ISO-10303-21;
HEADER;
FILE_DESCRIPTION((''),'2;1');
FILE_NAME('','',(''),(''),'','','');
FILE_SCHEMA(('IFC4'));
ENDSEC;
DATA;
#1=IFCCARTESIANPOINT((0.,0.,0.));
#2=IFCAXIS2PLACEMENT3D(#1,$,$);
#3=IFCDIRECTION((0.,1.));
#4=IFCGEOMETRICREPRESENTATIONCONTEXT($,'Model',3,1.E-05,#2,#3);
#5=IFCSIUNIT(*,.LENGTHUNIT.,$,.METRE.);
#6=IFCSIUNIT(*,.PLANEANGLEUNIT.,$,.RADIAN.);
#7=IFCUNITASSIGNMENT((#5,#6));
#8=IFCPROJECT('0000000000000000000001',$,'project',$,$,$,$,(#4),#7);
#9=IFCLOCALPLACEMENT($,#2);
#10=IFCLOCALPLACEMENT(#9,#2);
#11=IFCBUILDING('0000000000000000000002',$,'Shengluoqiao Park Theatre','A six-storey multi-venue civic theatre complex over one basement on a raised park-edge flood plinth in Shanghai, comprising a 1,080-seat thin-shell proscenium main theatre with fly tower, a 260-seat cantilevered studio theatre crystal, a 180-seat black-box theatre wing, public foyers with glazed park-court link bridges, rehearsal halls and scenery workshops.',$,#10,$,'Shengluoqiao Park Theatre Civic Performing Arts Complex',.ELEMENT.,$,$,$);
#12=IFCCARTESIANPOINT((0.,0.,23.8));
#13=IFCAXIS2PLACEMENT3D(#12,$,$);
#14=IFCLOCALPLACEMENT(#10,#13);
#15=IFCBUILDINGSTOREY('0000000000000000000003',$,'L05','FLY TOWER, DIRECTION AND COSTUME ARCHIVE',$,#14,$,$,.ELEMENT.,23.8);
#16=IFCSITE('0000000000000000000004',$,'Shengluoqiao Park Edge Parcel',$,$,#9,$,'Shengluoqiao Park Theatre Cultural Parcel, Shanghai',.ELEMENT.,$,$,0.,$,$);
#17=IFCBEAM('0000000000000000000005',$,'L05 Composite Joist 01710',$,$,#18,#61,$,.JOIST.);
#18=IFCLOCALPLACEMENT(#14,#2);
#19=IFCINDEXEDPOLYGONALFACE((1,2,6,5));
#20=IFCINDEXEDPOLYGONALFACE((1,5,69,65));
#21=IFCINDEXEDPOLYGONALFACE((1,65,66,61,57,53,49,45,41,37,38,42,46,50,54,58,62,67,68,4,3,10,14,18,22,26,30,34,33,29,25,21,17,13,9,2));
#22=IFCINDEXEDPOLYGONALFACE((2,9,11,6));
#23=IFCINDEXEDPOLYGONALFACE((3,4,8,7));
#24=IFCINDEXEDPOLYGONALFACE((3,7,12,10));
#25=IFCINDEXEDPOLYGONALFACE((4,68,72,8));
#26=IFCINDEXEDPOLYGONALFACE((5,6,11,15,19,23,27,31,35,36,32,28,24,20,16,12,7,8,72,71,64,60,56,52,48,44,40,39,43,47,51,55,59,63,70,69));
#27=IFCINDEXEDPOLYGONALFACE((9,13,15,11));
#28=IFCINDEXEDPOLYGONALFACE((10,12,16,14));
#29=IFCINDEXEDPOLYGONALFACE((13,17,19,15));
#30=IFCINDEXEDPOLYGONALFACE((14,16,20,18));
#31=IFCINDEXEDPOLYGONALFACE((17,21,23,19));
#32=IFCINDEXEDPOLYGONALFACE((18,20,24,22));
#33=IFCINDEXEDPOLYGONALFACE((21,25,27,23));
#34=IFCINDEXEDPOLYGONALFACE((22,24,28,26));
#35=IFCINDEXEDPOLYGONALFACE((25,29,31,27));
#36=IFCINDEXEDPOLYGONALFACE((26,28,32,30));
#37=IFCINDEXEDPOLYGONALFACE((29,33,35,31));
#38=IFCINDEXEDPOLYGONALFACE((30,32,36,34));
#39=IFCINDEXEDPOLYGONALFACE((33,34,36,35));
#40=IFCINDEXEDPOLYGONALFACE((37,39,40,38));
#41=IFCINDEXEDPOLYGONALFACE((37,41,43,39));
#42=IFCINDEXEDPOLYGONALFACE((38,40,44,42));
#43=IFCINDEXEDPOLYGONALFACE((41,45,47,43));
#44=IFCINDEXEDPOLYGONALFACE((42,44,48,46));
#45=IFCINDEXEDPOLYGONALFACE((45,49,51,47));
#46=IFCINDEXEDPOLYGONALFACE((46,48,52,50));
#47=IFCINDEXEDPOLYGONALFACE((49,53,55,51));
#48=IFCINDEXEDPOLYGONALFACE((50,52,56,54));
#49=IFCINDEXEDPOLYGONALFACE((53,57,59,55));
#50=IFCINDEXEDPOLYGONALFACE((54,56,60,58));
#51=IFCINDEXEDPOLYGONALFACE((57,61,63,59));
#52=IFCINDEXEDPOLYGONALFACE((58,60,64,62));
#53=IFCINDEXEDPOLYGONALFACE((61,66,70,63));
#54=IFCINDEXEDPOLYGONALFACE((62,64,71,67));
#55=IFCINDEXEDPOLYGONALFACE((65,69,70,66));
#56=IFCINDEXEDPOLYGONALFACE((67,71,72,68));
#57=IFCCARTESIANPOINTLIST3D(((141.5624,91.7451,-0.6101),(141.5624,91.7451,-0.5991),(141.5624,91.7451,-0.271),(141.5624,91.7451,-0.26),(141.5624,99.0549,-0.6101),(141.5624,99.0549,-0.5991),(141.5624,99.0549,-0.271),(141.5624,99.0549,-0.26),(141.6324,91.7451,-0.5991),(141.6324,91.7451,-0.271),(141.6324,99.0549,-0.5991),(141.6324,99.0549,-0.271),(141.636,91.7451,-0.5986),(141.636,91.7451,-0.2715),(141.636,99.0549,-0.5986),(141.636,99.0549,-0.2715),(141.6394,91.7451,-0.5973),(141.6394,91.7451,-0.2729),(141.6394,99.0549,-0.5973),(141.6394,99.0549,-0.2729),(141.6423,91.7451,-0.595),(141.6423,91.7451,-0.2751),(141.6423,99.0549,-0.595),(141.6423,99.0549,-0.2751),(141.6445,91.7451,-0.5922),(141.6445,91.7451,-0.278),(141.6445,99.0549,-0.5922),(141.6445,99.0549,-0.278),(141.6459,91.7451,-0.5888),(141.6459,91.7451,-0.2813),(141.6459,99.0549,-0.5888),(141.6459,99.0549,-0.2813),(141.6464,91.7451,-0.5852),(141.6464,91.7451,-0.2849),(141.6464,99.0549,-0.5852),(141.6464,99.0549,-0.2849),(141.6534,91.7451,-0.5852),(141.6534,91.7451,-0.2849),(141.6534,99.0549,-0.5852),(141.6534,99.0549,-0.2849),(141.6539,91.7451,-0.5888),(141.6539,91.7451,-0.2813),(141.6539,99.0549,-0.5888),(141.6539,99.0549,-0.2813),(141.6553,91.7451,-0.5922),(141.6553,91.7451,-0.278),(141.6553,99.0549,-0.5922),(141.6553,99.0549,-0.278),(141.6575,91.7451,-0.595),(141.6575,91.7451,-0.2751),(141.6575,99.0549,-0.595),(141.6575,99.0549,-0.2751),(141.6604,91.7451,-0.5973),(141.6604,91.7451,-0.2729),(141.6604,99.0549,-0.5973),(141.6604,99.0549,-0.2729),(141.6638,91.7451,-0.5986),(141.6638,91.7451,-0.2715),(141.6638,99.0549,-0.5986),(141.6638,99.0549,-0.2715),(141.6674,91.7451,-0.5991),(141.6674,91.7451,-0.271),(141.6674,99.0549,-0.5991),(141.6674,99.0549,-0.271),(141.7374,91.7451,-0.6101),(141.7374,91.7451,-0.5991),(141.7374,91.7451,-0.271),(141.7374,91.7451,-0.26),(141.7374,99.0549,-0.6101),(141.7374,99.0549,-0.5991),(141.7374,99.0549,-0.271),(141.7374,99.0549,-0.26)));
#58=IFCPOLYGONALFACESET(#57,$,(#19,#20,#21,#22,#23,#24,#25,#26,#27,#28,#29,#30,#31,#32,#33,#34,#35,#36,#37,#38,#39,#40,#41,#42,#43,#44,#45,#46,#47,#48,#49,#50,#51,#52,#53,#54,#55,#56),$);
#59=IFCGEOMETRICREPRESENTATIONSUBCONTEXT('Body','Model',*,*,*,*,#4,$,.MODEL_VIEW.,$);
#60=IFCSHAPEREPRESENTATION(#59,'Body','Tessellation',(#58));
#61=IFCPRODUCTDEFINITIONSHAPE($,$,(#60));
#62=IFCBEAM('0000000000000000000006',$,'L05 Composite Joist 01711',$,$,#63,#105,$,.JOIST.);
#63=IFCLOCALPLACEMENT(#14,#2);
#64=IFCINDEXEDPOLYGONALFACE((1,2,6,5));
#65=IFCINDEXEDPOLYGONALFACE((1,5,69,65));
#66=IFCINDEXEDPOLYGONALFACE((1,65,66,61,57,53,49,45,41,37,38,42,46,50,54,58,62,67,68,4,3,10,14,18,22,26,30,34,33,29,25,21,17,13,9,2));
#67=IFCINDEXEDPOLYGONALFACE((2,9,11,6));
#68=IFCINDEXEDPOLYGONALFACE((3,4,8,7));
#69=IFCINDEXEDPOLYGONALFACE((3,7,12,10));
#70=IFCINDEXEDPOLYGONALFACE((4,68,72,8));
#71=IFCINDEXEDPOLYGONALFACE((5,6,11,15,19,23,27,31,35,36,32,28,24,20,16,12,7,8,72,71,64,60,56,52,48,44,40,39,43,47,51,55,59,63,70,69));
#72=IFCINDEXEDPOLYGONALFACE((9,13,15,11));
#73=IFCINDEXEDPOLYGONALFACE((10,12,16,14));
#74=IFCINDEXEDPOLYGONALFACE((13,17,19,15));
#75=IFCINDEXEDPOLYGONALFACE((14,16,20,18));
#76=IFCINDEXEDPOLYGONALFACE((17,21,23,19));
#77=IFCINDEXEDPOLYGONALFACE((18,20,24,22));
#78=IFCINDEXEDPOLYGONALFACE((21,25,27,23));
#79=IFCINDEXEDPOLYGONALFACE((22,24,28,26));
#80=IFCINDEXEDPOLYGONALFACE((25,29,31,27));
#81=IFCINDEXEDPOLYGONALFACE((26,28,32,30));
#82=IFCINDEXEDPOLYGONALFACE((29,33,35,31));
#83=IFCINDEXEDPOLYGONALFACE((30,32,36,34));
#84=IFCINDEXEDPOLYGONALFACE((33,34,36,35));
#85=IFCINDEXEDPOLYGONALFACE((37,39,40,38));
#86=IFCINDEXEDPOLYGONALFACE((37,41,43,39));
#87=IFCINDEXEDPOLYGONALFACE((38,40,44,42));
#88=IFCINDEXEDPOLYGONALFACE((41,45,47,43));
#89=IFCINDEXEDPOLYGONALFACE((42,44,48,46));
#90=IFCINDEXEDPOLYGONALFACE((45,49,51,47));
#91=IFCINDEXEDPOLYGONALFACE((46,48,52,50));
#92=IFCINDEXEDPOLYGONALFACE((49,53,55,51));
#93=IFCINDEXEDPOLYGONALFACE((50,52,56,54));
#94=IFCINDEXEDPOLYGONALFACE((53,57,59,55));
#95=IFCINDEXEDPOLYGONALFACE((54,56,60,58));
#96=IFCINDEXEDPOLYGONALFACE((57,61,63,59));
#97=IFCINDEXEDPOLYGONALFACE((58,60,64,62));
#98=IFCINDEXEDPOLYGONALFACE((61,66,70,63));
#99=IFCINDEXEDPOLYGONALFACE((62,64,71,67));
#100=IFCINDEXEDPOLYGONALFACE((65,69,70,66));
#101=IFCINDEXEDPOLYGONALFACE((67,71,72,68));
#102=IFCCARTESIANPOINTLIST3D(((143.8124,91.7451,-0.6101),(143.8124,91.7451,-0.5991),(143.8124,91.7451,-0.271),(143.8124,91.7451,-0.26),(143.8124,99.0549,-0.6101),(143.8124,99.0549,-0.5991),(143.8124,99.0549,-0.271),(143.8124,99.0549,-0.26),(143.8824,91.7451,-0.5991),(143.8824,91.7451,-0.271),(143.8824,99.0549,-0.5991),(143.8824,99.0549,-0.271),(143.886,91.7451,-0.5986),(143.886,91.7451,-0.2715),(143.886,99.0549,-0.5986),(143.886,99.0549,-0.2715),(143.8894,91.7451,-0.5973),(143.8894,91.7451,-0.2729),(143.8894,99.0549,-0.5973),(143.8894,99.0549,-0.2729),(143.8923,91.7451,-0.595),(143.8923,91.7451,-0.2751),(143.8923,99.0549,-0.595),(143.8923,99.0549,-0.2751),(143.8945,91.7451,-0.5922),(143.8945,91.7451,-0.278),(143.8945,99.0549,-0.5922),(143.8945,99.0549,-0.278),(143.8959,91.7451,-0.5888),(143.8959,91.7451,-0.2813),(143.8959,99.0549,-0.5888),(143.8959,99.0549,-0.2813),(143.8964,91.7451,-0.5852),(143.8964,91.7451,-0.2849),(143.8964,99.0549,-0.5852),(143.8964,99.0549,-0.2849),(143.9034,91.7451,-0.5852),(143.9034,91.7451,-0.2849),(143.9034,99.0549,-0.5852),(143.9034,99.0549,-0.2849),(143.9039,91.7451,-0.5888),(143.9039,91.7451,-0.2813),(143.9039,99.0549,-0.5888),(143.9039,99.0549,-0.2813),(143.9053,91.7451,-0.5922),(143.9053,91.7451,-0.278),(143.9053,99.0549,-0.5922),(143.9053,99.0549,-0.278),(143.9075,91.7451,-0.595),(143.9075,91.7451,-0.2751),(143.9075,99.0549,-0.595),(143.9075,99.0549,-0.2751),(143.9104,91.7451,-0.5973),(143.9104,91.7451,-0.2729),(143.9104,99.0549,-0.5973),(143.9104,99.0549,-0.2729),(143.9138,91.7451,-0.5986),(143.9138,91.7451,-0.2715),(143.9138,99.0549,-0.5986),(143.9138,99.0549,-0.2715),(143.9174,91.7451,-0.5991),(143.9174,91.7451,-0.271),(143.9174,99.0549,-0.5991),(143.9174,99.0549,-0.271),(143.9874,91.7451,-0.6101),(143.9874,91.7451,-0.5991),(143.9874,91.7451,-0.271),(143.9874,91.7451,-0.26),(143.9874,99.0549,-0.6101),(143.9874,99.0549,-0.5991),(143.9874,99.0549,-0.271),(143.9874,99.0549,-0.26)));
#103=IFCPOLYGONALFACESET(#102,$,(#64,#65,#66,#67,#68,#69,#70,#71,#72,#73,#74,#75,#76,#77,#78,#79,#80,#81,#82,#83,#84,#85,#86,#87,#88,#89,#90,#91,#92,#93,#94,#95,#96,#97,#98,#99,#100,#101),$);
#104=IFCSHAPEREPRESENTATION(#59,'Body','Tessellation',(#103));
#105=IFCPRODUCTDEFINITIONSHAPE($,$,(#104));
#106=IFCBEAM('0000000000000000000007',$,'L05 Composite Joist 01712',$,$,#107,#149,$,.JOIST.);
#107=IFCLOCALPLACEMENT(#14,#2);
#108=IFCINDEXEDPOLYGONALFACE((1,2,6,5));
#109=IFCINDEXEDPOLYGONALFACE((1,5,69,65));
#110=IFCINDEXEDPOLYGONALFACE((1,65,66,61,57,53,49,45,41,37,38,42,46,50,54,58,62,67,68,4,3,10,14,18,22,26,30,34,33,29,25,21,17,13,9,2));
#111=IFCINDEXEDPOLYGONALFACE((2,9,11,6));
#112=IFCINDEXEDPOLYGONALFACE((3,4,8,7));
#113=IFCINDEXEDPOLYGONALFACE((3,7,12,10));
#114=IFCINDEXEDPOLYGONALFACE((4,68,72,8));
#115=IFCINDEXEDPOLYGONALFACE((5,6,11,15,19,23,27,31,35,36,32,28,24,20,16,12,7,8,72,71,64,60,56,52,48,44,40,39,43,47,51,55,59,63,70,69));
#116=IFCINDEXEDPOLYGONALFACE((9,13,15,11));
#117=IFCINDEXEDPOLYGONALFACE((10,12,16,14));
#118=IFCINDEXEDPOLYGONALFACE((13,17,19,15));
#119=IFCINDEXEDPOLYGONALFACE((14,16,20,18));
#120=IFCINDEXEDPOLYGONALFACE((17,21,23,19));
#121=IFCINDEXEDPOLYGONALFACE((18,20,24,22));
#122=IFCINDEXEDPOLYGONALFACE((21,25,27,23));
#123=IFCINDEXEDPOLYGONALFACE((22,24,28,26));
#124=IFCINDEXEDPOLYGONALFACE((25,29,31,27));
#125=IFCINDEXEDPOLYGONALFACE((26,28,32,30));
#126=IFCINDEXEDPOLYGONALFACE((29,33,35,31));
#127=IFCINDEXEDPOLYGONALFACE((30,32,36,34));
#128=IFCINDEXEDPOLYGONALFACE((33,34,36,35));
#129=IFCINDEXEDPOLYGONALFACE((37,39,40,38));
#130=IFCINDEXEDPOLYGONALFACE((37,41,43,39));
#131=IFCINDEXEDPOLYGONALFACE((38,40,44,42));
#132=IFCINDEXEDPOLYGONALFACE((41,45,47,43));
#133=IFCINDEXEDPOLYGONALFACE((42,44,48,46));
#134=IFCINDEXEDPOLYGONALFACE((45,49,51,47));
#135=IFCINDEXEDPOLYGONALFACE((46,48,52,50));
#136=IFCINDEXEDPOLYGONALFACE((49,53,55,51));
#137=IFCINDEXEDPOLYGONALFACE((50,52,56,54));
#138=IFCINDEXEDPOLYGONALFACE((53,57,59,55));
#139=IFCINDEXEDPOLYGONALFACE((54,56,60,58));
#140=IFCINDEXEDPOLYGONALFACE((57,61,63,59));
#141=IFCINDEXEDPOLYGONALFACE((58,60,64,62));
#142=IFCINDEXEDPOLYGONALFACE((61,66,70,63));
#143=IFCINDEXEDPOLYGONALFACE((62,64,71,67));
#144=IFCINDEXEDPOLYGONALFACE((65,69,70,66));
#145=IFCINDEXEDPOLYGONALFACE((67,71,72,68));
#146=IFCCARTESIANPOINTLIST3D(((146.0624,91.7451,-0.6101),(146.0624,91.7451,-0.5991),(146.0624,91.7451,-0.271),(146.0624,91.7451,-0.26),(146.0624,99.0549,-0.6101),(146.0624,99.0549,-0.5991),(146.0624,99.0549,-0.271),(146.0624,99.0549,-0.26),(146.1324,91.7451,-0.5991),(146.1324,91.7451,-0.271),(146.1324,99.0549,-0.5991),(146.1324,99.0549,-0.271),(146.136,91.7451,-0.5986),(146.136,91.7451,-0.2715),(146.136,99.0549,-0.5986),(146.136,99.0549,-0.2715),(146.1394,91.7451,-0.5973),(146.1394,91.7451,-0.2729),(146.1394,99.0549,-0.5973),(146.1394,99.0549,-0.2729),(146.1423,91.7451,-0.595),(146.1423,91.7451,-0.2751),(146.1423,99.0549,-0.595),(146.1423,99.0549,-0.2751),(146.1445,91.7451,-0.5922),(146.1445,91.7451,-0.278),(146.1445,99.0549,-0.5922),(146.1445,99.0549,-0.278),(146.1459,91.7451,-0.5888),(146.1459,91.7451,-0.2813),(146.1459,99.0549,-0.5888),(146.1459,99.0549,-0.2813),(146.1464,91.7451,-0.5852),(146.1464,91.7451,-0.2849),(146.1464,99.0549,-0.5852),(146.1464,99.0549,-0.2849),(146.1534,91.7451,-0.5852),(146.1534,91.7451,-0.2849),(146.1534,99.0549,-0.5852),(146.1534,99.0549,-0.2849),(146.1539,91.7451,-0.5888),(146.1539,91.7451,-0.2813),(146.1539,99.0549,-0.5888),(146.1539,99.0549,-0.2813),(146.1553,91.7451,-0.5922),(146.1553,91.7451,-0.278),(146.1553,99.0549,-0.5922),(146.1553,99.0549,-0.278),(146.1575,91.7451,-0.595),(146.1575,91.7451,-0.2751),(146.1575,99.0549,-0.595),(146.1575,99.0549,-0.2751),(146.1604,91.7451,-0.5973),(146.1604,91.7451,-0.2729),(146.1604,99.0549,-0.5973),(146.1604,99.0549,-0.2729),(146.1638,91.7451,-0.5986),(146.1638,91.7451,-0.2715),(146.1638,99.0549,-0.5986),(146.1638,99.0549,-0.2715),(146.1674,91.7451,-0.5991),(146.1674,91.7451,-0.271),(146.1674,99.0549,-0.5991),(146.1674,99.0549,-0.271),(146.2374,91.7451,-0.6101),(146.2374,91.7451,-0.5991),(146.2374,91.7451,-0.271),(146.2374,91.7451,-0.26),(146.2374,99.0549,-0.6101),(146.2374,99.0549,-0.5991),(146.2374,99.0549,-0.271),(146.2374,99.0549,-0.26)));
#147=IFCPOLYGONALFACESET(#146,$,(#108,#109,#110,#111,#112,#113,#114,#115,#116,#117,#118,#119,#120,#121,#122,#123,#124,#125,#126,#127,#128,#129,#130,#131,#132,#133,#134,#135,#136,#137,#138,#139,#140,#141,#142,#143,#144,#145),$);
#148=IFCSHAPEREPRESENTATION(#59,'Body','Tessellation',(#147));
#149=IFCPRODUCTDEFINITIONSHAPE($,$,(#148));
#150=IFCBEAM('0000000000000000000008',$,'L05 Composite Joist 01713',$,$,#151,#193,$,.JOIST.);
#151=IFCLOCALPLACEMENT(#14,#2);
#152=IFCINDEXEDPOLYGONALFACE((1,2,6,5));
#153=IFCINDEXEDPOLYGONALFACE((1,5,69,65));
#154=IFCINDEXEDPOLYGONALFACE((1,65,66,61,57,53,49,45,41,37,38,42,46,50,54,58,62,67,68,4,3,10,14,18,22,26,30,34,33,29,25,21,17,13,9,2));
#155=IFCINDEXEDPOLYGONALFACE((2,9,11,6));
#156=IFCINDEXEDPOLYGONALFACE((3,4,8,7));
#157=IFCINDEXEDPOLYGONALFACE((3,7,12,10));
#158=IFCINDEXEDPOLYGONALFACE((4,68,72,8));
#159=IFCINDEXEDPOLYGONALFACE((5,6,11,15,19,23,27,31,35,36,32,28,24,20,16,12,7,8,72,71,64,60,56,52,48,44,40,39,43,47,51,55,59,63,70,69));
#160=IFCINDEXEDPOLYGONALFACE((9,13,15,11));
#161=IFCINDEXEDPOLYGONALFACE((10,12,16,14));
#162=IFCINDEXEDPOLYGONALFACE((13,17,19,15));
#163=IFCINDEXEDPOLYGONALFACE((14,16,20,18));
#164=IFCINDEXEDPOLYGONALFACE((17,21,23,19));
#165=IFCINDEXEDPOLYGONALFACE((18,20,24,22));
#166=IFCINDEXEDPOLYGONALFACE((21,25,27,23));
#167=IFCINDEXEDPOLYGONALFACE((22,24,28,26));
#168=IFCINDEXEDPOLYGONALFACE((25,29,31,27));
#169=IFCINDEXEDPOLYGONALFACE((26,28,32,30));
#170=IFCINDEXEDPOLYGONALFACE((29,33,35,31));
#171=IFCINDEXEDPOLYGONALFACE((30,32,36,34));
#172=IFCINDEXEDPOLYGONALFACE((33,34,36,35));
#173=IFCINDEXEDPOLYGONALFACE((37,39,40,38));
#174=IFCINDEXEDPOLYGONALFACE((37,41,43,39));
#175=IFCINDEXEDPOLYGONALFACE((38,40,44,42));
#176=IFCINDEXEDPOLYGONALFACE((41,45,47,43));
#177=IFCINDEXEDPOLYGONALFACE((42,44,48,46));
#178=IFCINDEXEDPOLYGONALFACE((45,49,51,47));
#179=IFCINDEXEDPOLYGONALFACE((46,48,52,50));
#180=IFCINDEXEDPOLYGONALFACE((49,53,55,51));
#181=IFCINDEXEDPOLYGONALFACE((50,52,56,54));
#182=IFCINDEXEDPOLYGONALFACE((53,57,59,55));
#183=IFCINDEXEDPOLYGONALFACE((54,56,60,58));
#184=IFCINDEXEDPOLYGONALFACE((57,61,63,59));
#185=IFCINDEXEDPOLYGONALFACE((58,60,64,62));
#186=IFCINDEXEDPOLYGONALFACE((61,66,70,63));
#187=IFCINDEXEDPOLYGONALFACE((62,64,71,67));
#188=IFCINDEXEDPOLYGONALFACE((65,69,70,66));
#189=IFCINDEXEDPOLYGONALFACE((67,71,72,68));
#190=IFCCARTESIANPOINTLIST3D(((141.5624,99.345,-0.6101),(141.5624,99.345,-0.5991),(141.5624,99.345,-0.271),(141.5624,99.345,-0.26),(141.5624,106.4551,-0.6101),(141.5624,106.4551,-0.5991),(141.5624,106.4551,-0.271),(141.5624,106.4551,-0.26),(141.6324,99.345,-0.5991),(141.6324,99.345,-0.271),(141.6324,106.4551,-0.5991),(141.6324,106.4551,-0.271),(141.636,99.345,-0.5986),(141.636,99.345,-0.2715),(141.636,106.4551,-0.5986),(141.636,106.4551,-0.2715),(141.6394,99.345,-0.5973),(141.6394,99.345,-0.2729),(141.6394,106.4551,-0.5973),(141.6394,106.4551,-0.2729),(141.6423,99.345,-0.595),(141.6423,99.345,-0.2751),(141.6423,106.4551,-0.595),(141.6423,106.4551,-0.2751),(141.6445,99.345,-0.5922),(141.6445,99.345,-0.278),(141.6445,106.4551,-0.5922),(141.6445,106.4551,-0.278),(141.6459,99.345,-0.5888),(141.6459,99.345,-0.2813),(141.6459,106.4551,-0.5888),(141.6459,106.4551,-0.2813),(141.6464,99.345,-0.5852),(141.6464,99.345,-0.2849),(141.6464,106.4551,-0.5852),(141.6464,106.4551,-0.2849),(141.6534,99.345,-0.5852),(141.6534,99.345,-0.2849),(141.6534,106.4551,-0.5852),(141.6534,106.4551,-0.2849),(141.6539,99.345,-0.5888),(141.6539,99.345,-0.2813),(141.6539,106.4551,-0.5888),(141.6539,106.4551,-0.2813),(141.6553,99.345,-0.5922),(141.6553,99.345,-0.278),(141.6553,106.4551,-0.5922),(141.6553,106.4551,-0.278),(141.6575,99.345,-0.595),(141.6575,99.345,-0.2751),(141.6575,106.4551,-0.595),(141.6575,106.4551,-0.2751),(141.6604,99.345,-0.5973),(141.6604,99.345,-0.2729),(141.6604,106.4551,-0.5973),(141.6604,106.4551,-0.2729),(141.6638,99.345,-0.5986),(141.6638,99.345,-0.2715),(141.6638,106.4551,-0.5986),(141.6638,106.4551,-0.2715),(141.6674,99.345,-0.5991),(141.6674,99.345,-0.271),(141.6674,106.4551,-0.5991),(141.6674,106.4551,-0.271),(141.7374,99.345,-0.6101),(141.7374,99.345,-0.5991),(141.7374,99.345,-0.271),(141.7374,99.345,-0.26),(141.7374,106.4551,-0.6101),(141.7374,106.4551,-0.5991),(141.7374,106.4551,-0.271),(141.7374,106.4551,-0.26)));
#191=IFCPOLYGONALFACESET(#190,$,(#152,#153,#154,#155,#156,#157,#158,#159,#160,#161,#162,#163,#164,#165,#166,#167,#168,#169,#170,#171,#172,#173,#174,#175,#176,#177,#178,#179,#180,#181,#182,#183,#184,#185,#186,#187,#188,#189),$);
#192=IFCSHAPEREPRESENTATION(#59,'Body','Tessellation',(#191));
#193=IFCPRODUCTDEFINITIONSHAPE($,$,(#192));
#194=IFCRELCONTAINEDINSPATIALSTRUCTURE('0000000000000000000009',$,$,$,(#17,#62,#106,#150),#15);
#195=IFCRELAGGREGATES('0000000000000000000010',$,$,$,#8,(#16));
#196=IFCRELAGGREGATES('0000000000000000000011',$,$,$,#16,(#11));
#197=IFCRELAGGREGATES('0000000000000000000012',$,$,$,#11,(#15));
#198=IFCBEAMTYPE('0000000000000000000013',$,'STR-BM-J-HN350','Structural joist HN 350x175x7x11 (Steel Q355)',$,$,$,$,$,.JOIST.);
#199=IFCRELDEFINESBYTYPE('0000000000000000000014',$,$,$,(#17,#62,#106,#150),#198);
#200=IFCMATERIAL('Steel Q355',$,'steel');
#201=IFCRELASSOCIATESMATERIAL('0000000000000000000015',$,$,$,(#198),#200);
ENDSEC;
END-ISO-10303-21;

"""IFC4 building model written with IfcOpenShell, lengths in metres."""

from ifc_helpers import new_model, si_unit, direction, frame, origin, origin_2d, place, context, subcontext, project, spatial, i_section, extrude, material, material_profile, profile_set, type_object, element, save


model = new_model("IFC4")

# Units and contexts
model_context = context("Model", 3, precision=1e-05, world=origin(), true_north=direction((0.0, 1.0)))
body_context = subcontext(model_context, "Body", "Model", "MODEL_VIEW")
ifc_project = project(units=[si_unit("LENGTHUNIT", "METRE"), si_unit("PLANEANGLEUNIT", "RADIAN")], contexts=[model_context])

# Site, building, storey
site_placement = place(None, origin())
site = spatial("IfcSite", under=ifc_project, at=site_placement, Name="Shengluoqiao Park Edge Parcel", LongName="Shengluoqiao Park Theatre Cultural Parcel, Shanghai", CompositionType="ELEMENT", RefElevation=0.0)
building_placement = place(site_placement, origin())
building = spatial("IfcBuilding", under=site, at=building_placement, Name="Shengluoqiao Park Theatre", Description="A six-storey multi-venue civic theatre complex over one basement on a raised park-edge flood plinth in Shanghai, comprising a 1,080-seat thin-shell proscenium main theatre with fly tower, a 260-seat cantilevered studio theatre crystal, a 180-seat black-box theatre wing, public foyers with glazed park-court link bridges, rehearsal halls and scenery workshops.", LongName="Shengluoqiao Park Theatre Civic Performing Arts Complex", CompositionType="ELEMENT")
storey_placement = place(building_placement, frame((0.0, 0.0, 23.8)))
storey = spatial("IfcBuildingStorey", under=building, at=storey_placement, Name="L05", Description="FLY TOWER, DIRECTION AND COSTUME ARCHIVE", CompositionType="ELEMENT", Elevation=23.8)

# Shared definitions
ifc_material_1 = material(Name="Steel Q355", Category="steel")

# Beams
ifc_material_profile_1 = material_profile(ifc_material_1, i_section(OverallWidth=0.175, OverallDepth=0.3501, WebThickness=0.0071, FlangeThickness=0.011, FilletRadius=0.0139, at=origin_2d()), Name="HN 350x175x7x11")
ifc_profile_set_1 = profile_set([ifc_material_profile_1], Name="Steel Q355")
beam_type_1 = type_object("IfcBeamType", Name="STR-BM-J-HN350", Description="Structural joist HN 350x175x7x11 (Steel Q355)", PredefinedType="JOIST", material=ifc_profile_set_1)
for number, where, z_axis, x_axis, name in (
    (1, (141.6499, 91.7451, -0.4351), (0.0, 1.0, 0.0), (-1.0, 0.0, 0.0), "L05 Composite Joist 01710"),
    (2, (143.8999, 91.7451, -0.4351), (0.0, 1.0, 0.0), (-1.0, 0.0, 0.0), "L05 Composite Joist 01711"),
    (3, (146.1499, 91.7451, -0.4351), (0.0, 1.0, 0.0), (-1.0, 0.0, 0.0), "L05 Composite Joist 01712"),
):
    element("IfcBeam", number, at=place(storey_placement, frame(where, z_axis=z_axis, x_axis=x_axis)), inside=storey, type_object=beam_type_1, Name=name, PredefinedType="JOIST", context=body_context, shape_type="SweptSolid", body=[
        extrude(i_section(OverallWidth=0.175, OverallDepth=0.3501, WebThickness=0.0071, FlangeThickness=0.011, FilletRadius=0.0139, at=origin_2d()), origin(), (0.0, 0.0, 1.0), 7.3098),
    ])
for number, where, z_axis, x_axis, name in (
    (4, (141.6499, 99.345, -0.4351), (0.0, 1.0, 0.0), (-1.0, 0.0, 0.0), "L05 Composite Joist 01713"),
):
    element("IfcBeam", number, at=place(storey_placement, frame(where, z_axis=z_axis, x_axis=x_axis)), inside=storey, type_object=beam_type_1, Name=name, PredefinedType="JOIST", context=body_context, shape_type="SweptSolid", body=[
        extrude(i_section(OverallWidth=0.175, OverallDepth=0.3501, WebThickness=0.0071, FlangeThickness=0.011, FilletRadius=0.0139, at=origin_2d()), origin(), (0.0, 0.0, 1.0), 7.1101),
    ])

save(model, "model.ifc")
